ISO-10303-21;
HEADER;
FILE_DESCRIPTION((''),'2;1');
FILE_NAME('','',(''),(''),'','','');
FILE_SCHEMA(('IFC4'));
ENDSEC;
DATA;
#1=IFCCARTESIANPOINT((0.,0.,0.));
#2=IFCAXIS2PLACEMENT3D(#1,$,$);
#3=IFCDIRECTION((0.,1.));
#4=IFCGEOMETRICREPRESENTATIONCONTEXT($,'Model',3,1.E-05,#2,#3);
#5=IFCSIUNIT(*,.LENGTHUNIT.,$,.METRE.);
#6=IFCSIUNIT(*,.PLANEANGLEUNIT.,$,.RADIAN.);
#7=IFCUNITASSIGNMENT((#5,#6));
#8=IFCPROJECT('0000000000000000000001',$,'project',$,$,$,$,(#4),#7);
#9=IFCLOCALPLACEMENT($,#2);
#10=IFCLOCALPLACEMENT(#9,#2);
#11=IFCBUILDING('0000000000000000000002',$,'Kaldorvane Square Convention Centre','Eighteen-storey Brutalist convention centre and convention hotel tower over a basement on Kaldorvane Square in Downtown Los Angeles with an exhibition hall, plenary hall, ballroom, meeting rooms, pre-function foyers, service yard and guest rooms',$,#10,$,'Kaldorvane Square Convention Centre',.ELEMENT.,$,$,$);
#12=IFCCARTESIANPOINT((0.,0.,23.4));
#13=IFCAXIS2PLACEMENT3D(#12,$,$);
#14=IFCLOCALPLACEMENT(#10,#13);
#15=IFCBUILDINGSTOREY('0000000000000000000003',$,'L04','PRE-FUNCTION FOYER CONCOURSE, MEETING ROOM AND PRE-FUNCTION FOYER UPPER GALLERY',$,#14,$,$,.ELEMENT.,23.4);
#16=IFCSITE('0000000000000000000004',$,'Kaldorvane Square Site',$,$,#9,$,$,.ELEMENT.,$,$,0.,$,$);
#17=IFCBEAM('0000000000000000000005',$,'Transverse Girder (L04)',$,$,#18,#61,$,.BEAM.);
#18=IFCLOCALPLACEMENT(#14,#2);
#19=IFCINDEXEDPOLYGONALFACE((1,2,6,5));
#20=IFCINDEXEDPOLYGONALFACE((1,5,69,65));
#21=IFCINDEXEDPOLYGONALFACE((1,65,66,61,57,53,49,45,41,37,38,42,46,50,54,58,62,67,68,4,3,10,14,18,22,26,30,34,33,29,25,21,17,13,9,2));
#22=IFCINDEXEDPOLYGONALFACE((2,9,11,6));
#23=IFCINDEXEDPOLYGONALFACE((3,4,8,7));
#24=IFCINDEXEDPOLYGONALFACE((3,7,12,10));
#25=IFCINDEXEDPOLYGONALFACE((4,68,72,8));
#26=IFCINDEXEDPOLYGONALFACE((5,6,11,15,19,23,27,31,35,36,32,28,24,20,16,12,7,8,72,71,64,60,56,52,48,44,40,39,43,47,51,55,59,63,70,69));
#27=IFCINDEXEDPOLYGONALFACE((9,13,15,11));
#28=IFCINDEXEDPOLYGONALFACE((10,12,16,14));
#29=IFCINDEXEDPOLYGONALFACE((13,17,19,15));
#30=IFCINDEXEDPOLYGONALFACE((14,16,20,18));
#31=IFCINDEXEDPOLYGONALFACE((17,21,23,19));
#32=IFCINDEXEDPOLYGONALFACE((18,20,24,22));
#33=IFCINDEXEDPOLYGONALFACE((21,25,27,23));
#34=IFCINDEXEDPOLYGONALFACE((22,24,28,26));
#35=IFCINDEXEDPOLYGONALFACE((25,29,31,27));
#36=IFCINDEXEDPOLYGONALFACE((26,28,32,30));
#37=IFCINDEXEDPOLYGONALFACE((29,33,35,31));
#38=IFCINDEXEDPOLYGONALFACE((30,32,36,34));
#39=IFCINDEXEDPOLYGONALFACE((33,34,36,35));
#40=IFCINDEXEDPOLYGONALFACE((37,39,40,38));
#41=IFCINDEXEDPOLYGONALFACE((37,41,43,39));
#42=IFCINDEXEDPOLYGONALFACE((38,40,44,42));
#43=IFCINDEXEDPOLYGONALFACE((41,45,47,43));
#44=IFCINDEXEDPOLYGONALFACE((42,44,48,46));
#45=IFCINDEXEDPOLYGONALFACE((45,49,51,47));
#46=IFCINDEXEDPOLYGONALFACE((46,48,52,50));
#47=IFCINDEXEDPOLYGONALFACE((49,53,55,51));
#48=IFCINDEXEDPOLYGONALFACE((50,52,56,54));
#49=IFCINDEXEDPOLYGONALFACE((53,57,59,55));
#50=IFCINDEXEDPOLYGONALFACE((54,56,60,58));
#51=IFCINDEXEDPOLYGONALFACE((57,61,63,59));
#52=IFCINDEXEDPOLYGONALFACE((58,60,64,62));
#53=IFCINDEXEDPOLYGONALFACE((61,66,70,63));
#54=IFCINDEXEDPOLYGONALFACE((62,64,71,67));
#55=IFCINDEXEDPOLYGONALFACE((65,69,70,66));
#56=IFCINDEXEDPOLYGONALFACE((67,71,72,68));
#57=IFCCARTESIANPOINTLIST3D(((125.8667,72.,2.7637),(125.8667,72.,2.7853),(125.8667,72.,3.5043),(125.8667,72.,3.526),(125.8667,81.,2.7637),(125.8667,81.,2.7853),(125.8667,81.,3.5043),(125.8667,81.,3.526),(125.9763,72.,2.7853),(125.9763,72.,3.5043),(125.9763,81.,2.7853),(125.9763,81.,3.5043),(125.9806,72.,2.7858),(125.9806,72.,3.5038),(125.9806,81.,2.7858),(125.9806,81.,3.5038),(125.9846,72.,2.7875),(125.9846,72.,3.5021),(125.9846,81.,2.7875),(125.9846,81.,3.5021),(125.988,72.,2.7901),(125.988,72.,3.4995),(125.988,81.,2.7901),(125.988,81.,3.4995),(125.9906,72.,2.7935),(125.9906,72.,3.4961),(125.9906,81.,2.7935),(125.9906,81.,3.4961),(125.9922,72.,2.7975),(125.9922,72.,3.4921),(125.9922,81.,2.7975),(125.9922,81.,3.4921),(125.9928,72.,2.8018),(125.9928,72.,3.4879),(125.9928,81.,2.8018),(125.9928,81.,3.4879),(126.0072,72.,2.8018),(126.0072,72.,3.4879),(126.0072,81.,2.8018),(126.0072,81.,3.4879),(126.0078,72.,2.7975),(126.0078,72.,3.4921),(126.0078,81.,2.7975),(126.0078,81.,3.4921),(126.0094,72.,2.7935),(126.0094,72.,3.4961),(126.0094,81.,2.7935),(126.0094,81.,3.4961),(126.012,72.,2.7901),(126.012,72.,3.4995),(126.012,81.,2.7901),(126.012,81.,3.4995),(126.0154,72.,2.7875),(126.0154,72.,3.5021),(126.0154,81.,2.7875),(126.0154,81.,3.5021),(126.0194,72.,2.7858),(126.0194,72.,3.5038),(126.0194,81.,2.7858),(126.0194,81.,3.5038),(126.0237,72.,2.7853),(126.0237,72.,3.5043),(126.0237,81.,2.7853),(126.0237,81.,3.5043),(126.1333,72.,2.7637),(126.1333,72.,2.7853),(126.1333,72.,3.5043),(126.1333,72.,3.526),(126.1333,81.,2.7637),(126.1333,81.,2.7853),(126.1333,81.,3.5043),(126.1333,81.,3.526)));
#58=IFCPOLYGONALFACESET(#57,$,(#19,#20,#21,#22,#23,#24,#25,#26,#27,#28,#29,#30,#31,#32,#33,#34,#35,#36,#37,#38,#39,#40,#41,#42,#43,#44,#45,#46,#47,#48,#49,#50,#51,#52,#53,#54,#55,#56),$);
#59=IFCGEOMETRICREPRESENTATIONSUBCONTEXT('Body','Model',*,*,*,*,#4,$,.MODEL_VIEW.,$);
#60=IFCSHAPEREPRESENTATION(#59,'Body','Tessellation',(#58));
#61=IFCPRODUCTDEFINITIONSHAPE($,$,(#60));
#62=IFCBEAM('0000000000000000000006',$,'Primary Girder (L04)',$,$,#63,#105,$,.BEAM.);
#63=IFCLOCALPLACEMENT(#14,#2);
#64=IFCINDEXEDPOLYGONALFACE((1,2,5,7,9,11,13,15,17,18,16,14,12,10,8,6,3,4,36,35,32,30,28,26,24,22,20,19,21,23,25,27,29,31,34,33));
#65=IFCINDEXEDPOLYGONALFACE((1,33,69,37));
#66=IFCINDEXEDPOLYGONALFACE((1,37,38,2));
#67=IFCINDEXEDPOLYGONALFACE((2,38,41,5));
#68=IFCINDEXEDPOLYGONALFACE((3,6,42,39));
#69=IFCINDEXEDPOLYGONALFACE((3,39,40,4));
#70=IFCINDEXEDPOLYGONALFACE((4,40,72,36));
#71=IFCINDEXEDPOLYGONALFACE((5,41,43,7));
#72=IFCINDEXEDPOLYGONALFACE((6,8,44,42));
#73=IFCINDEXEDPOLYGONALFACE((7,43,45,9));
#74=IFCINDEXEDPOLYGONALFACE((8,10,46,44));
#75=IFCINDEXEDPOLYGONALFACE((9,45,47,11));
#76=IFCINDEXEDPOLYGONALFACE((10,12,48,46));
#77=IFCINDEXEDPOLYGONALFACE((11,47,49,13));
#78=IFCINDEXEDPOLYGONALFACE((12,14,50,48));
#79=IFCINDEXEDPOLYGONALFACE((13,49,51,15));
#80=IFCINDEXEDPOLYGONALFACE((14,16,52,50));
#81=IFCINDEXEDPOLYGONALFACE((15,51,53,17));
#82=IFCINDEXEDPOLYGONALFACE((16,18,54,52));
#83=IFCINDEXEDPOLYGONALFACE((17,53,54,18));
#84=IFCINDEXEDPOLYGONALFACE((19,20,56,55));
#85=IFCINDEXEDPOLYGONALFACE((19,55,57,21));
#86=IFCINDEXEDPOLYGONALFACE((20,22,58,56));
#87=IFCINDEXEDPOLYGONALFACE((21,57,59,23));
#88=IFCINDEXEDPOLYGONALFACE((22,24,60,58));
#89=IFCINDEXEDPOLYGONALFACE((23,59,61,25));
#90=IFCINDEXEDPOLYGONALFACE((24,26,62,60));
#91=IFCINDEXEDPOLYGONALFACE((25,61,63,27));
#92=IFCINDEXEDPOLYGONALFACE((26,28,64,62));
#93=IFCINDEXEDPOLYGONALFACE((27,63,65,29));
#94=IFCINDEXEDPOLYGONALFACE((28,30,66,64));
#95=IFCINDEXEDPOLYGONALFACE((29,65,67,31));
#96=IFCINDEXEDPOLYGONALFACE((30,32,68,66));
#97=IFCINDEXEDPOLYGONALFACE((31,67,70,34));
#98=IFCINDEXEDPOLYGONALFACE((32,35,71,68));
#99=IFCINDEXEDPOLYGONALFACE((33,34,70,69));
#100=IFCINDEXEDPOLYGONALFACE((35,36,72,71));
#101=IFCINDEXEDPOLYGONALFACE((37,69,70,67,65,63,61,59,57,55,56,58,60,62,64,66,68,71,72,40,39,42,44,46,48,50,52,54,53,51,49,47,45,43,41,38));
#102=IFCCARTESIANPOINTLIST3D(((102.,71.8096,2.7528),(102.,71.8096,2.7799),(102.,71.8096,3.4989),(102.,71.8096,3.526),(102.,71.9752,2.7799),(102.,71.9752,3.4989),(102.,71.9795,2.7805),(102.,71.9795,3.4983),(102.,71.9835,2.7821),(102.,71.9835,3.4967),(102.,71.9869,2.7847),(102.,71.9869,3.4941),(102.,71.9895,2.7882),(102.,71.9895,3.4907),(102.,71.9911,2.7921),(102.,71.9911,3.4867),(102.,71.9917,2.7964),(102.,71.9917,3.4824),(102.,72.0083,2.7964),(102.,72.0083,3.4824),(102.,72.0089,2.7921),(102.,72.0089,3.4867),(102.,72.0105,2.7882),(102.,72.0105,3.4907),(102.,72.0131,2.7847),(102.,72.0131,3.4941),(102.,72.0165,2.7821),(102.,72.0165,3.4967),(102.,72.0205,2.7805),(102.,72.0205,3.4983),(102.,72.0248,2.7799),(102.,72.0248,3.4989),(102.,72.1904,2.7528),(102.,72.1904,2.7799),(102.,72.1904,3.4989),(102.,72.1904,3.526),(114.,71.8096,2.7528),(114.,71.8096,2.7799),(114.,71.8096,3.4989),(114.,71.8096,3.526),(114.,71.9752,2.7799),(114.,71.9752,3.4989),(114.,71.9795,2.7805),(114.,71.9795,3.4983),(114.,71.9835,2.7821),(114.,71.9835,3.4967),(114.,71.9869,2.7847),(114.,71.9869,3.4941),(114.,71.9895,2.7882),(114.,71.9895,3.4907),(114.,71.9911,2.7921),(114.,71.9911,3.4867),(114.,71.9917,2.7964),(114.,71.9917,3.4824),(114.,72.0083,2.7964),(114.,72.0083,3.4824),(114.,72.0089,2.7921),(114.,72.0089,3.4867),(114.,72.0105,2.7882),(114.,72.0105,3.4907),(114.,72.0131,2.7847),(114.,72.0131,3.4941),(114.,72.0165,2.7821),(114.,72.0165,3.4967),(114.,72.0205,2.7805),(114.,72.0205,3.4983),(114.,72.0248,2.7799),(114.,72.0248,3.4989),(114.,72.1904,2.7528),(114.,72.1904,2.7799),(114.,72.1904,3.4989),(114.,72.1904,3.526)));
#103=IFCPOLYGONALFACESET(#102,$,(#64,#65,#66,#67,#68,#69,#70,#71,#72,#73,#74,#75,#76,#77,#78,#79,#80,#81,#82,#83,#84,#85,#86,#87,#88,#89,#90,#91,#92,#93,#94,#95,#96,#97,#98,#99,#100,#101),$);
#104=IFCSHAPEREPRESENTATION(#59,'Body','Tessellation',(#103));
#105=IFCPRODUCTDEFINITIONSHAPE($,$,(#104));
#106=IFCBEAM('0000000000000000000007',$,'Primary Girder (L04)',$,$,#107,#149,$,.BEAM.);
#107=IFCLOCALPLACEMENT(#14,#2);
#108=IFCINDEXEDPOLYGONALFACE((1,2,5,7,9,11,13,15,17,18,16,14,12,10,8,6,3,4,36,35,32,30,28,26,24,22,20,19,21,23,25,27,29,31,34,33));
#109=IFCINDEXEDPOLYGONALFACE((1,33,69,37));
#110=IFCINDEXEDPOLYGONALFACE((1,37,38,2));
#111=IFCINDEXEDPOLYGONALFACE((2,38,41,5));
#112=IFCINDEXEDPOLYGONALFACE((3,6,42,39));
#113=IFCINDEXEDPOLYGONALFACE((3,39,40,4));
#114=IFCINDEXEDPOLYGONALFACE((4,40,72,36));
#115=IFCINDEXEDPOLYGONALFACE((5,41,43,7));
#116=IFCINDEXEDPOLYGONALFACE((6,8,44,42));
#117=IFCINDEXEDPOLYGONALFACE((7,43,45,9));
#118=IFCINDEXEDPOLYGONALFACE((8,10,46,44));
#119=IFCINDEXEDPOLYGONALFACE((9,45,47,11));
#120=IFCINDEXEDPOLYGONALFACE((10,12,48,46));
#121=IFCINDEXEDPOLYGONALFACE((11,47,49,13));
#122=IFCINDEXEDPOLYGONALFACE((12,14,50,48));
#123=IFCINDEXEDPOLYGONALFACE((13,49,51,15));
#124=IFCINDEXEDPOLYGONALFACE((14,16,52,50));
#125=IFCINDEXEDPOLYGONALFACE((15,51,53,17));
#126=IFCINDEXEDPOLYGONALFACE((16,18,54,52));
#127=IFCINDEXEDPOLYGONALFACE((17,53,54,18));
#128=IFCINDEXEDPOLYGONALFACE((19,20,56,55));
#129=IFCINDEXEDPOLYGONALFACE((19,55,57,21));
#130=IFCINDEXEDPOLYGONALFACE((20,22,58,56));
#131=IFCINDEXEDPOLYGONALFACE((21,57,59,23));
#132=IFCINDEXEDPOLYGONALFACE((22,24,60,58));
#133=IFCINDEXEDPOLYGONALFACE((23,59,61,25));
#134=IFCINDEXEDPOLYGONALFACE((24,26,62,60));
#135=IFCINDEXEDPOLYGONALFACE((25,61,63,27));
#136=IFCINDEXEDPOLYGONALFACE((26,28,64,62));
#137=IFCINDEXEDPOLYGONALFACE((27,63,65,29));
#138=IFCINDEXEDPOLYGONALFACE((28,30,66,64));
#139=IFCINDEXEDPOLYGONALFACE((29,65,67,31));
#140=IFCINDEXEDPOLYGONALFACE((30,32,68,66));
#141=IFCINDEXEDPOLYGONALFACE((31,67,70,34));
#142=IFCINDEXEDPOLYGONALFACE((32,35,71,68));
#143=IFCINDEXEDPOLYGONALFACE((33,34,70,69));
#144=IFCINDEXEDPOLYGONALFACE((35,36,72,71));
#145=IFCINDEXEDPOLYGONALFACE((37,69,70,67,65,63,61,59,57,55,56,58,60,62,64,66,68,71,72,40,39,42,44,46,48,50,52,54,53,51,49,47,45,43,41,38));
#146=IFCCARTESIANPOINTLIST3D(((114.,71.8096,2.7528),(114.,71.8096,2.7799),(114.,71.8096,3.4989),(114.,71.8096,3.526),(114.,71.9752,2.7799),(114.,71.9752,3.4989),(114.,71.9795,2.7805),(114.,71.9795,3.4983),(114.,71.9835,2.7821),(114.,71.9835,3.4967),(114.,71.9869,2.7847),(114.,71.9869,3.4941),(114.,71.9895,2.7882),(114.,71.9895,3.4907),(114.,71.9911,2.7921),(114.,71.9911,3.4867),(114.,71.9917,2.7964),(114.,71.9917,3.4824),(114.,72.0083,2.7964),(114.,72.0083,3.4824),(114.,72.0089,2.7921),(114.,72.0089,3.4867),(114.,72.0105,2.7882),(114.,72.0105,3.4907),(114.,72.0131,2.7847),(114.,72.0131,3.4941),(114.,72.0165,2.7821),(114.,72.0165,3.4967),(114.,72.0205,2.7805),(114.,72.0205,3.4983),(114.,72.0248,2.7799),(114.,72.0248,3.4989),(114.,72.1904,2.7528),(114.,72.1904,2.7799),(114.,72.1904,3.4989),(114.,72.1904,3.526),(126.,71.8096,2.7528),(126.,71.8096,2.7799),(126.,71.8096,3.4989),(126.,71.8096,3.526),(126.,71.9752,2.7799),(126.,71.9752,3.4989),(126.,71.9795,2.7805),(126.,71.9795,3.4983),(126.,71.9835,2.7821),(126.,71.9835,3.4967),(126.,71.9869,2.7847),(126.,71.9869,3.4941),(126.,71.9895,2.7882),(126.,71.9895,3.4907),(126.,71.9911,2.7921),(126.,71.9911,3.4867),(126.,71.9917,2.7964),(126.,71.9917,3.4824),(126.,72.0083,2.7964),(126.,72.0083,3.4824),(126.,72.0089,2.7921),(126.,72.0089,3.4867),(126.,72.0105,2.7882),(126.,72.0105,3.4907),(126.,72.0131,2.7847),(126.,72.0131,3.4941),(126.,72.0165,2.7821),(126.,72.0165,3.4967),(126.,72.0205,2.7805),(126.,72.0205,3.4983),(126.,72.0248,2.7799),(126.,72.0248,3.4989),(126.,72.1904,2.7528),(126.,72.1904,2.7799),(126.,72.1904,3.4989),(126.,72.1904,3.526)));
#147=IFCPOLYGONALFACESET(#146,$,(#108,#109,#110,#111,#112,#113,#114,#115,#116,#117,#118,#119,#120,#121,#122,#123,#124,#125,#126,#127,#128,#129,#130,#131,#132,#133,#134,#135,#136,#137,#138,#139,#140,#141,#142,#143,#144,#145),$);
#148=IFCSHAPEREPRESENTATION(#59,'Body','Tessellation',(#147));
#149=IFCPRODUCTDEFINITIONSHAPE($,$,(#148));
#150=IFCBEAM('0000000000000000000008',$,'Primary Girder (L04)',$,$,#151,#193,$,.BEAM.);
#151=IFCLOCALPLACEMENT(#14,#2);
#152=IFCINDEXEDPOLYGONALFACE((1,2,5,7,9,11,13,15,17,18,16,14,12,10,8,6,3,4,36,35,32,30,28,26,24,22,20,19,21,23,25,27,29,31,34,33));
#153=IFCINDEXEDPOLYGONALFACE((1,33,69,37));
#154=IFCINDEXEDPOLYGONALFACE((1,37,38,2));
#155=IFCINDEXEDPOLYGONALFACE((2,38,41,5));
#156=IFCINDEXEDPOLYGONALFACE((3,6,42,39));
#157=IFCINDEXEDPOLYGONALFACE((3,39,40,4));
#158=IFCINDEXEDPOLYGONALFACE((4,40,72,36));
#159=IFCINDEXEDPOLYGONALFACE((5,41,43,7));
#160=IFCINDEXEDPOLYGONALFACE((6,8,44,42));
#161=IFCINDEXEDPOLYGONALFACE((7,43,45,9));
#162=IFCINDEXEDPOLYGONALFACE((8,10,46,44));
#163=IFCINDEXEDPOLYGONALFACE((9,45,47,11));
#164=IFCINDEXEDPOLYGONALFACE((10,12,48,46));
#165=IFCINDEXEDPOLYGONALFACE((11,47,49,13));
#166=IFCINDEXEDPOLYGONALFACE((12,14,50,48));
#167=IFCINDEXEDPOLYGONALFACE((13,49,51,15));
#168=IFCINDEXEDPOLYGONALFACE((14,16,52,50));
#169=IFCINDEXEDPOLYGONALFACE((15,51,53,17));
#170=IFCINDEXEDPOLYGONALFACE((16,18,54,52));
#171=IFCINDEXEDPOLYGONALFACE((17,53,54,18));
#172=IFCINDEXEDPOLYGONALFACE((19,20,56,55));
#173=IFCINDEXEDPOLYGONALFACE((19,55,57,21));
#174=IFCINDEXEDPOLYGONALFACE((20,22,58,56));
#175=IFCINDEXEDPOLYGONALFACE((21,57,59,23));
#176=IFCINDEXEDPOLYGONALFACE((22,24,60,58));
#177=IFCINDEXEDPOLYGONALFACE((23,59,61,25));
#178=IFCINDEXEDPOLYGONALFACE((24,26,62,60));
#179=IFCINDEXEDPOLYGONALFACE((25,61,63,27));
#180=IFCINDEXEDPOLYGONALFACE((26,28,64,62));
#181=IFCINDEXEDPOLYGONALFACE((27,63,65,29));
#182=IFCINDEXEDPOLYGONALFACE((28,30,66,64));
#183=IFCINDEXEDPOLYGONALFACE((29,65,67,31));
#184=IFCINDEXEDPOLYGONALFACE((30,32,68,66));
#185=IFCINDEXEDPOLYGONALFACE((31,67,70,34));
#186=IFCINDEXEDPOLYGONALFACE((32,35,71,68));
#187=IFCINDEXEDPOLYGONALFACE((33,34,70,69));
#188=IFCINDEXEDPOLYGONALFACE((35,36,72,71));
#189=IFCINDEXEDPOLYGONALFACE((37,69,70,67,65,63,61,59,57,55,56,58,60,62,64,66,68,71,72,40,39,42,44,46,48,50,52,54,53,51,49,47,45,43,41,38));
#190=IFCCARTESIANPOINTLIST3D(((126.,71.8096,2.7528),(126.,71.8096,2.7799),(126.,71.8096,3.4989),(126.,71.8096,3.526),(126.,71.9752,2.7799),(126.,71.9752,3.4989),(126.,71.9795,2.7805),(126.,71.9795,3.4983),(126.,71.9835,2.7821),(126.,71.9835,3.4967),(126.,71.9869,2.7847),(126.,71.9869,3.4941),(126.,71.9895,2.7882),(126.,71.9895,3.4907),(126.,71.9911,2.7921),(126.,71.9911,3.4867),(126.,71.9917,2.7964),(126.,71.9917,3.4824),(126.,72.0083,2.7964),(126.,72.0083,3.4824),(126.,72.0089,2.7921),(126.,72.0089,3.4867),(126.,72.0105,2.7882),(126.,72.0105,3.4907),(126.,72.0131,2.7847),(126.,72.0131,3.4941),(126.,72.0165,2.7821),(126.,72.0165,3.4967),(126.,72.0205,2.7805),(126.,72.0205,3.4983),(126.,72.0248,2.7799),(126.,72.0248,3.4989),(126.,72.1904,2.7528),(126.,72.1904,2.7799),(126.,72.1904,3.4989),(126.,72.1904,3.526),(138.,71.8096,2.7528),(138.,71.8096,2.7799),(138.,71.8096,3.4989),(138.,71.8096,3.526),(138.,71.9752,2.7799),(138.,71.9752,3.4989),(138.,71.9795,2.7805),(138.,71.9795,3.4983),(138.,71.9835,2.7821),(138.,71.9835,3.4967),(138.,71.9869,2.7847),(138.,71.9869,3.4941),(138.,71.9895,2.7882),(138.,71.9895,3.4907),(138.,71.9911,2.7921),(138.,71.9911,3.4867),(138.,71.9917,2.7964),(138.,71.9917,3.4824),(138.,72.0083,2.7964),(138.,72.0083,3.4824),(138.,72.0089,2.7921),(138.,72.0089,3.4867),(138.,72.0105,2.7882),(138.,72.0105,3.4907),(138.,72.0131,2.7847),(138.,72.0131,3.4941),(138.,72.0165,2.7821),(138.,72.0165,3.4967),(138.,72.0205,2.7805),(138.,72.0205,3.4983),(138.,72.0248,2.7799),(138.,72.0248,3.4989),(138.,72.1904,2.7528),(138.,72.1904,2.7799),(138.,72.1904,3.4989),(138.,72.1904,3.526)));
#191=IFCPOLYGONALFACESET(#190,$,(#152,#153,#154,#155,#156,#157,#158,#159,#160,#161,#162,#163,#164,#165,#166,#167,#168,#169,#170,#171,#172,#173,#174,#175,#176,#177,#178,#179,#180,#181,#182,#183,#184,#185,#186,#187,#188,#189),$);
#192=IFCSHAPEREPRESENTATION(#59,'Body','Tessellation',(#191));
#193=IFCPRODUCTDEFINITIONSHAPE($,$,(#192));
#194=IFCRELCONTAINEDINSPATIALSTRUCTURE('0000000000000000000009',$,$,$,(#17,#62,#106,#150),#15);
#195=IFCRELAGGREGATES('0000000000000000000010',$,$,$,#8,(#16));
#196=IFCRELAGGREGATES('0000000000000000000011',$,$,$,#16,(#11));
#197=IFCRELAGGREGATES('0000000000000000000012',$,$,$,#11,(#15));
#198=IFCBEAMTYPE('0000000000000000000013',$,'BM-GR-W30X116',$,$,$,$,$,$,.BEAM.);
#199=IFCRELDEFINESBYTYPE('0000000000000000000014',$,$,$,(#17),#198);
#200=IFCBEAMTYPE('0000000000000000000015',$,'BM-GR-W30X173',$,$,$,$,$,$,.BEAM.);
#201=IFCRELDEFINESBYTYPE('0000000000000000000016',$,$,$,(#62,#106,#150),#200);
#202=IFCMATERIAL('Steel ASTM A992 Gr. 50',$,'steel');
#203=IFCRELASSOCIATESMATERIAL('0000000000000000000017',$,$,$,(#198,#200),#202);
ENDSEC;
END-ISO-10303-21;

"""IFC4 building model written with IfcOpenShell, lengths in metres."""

from ifc_helpers import new_model, si_unit, direction, frame, origin, origin_2d, place, context, subcontext, project, spatial, i_section, extrude, material, material_profile, profile_set, type_object, element, save


model = new_model("IFC4")

# Units and contexts
model_context = context("Model", 3, precision=1e-05, world=origin(), true_north=direction((0.0, 1.0)))
body_context = subcontext(model_context, "Body", "Model", "MODEL_VIEW")
ifc_project = project(units=[si_unit("LENGTHUNIT", "METRE"), si_unit("PLANEANGLEUNIT", "RADIAN")], contexts=[model_context])

# Site, building, storey
site_placement = place(None, origin())
site = spatial("IfcSite", under=ifc_project, at=site_placement, Name="Kaldorvane Square Site", CompositionType="ELEMENT", RefElevation=0.0)
building_placement = place(site_placement, origin())
building = spatial("IfcBuilding", under=site, at=building_placement, Name="Kaldorvane Square Convention Centre", Description="Eighteen-storey Brutalist convention centre and convention hotel tower over a basement on Kaldorvane Square in Downtown Los Angeles with an exhibition hall, plenary hall, ballroom, meeting rooms, pre-function foyers, service yard and guest rooms", LongName="Kaldorvane Square Convention Centre", CompositionType="ELEMENT")
storey_placement = place(building_placement, frame((0.0, 0.0, 23.4)))
storey = spatial("IfcBuildingStorey", under=building, at=storey_placement, Name="L04", Description="PRE-FUNCTION FOYER CONCOURSE, MEETING ROOM AND PRE-FUNCTION FOYER UPPER GALLERY", CompositionType="ELEMENT", Elevation=23.4)

# Shared definitions
ifc_material_1 = material(Name="Steel ASTM A992 Gr. 50", Category="steel")

# Beams
ifc_material_profile_1 = material_profile(ifc_material_1, i_section(OverallWidth=0.2666, OverallDepth=0.7623, WebThickness=0.0144, FlangeThickness=0.0216, FilletRadius=0.0165, at=origin_2d()), Name="W30X116")
ifc_profile_set_1 = profile_set([ifc_material_profile_1], Name="Steel ASTM A992 Gr. 50")
beam_type_1 = type_object("IfcBeamType", Name="BM-GR-W30X116", PredefinedType="BEAM", material=ifc_profile_set_1)
for number, where, z_axis, x_axis, name in (
    (1, (126.0, 72.0, 3.1448), (0.0, 1.0, 0.0), (-1.0, 0.0, 0.0), "Transverse Girder (L04)"),
):
    element("IfcBeam", number, at=place(storey_placement, frame(where, z_axis=z_axis, x_axis=x_axis)), inside=storey, type_object=beam_type_1, Name=name, PredefinedType="BEAM", context=body_context, shape_type="SweptSolid", body=[
        extrude(i_section(OverallWidth=0.2666, OverallDepth=0.7623, WebThickness=0.0144, FlangeThickness=0.0216, FilletRadius=0.0165, at=origin_2d()), origin(), (0.0, 0.0, 1.0), 9.0),
    ])
ifc_material_profile_2 = material_profile(ifc_material_1, i_section(OverallWidth=0.3807, OverallDepth=0.7732, WebThickness=0.0166, FlangeThickness=0.0271, FilletRadius=0.0165, at=origin_2d()), Name="W30X173")
ifc_profile_set_2 = profile_set([ifc_material_profile_2], Name="Steel ASTM A992 Gr. 50")
beam_type_2 = type_object("IfcBeamType", Name="BM-GR-W30X173", PredefinedType="BEAM", material=ifc_profile_set_2)
for number, where, z_axis, x_axis, name in (
    (2, (102.0, 72.0, 3.1394), (1.0, 0.0, 0.0), (0.0, 1.0, 0.0), "Primary Girder (L04)"),
    (3, (114.0, 72.0, 3.1394), (1.0, 0.0, 0.0), (0.0, 1.0, 0.0), "Primary Girder (L04)"),
    (4, (126.0, 72.0, 3.1394), (1.0, 0.0, 0.0), (0.0, 1.0, 0.0), "Primary Girder (L04)"),
):
    element("IfcBeam", number, at=place(storey_placement, frame(where, z_axis=z_axis, x_axis=x_axis)), inside=storey, type_object=beam_type_2, Name=name, PredefinedType="BEAM", context=body_context, shape_type="SweptSolid", body=[
        extrude(i_section(OverallWidth=0.3807, OverallDepth=0.7732, WebThickness=0.0166, FlangeThickness=0.0271, FilletRadius=0.0165, at=origin_2d()), origin(), (0.0, 0.0, 1.0), 12.0),
    ])

save(model, "model.ifc")
